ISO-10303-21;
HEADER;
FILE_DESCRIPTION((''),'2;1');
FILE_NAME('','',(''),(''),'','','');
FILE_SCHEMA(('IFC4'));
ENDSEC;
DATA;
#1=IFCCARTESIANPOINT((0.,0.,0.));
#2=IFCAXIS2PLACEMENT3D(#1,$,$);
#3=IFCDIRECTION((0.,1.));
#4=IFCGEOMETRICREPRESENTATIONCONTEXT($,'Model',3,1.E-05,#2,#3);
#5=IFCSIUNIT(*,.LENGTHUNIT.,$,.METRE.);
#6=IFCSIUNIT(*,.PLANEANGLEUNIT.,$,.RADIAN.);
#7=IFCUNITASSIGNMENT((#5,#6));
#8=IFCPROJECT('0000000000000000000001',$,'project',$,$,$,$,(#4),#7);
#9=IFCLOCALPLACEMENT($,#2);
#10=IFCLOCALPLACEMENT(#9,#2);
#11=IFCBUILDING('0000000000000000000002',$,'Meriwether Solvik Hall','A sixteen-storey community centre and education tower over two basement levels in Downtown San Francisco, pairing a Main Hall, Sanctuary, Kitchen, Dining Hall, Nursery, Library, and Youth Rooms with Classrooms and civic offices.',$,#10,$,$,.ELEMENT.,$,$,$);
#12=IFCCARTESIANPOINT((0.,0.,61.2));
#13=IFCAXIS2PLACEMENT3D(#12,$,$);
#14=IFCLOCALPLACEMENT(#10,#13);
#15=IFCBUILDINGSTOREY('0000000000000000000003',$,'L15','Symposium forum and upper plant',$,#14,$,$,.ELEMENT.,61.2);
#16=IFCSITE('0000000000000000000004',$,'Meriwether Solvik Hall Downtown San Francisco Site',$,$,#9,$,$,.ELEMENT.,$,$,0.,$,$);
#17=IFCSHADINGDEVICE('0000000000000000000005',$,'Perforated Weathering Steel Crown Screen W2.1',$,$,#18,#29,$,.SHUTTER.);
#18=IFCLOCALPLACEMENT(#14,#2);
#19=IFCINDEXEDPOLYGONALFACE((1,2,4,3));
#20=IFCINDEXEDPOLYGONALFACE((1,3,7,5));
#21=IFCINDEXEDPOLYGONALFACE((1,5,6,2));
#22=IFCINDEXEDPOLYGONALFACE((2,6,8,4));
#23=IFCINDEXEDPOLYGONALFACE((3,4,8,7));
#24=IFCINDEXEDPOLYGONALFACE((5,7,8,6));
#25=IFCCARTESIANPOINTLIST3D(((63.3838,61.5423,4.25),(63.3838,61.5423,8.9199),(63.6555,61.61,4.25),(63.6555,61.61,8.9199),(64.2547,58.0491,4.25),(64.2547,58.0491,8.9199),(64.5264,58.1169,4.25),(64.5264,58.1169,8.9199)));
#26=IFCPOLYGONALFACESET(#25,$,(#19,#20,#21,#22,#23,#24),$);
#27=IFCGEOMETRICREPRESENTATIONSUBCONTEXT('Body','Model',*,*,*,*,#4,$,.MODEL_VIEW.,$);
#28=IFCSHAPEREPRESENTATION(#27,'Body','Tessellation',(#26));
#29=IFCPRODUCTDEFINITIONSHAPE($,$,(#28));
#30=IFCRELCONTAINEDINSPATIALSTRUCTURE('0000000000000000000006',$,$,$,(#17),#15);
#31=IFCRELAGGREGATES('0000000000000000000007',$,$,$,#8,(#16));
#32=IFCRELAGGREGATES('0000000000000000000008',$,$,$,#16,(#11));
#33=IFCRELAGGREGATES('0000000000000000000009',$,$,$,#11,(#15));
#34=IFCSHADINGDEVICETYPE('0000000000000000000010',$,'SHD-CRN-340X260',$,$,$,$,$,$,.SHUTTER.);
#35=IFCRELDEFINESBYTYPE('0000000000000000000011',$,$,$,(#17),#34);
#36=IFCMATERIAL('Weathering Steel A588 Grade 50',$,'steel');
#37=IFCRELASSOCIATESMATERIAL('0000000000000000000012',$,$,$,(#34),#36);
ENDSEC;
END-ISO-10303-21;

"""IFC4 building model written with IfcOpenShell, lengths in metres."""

from ifc_helpers import new_model, si_unit, direction, frame, origin, origin_2d, place, context, subcontext, project, spatial, rectangle, extrude, material, type_object, element, save


model = new_model("IFC4")

# Units and contexts
model_context = context("Model", 3, precision=1e-05, world=origin(), true_north=direction((0.0, 1.0)))
body_context = subcontext(model_context, "Body", "Model", "MODEL_VIEW")
ifc_project = project(units=[si_unit("LENGTHUNIT", "METRE"), si_unit("PLANEANGLEUNIT", "RADIAN")], contexts=[model_context])

# Site, building, storey
site_placement = place(None, origin())
site = spatial("IfcSite", under=ifc_project, at=site_placement, Name="Meriwether Solvik Hall Downtown San Francisco Site", CompositionType="ELEMENT", RefElevation=0.0)
building_placement = place(site_placement, origin())
building = spatial("IfcBuilding", under=site, at=building_placement, Name="Meriwether Solvik Hall", Description="A sixteen-storey community centre and education tower over two basement levels in Downtown San Francisco, pairing a Main Hall, Sanctuary, Kitchen, Dining Hall, Nursery, Library, and Youth Rooms with Classrooms and civic offices.", CompositionType="ELEMENT")
storey_placement = place(building_placement, frame((0.0, 0.0, 61.2)))
storey = spatial("IfcBuildingStorey", under=building, at=storey_placement, Name="L15", Description="Symposium forum and upper plant", CompositionType="ELEMENT", Elevation=61.2)

# Shading device
ifc_material_1 = material(Name="Weathering Steel A588 Grade 50", Category="steel")
shading_device_type = type_object("IfcShadingDeviceType", Name="SHD-CRN-340X260", PredefinedType="SHUTTER", material=ifc_material_1)
shading_device_placement = place(storey_placement, frame((63.9551, 59.8296, 4.25), z_axis=(0.0, 0.0, 1.0), x_axis=(0.241922, -0.970296, 0.0)))
element("IfcShadingDevice", 1, at=shading_device_placement, inside=storey, type_object=shading_device_type, Name="Perforated Weathering Steel Crown Screen W2.1", PredefinedType="SHUTTER", context=body_context, shape_type="SweptSolid", body=[
    extrude(rectangle(XDim=3.6001, YDim=0.28, at=origin_2d()), origin(), (0.0, 0.0, 1.0), 4.6699),
])

save(model, "model.ifc")
